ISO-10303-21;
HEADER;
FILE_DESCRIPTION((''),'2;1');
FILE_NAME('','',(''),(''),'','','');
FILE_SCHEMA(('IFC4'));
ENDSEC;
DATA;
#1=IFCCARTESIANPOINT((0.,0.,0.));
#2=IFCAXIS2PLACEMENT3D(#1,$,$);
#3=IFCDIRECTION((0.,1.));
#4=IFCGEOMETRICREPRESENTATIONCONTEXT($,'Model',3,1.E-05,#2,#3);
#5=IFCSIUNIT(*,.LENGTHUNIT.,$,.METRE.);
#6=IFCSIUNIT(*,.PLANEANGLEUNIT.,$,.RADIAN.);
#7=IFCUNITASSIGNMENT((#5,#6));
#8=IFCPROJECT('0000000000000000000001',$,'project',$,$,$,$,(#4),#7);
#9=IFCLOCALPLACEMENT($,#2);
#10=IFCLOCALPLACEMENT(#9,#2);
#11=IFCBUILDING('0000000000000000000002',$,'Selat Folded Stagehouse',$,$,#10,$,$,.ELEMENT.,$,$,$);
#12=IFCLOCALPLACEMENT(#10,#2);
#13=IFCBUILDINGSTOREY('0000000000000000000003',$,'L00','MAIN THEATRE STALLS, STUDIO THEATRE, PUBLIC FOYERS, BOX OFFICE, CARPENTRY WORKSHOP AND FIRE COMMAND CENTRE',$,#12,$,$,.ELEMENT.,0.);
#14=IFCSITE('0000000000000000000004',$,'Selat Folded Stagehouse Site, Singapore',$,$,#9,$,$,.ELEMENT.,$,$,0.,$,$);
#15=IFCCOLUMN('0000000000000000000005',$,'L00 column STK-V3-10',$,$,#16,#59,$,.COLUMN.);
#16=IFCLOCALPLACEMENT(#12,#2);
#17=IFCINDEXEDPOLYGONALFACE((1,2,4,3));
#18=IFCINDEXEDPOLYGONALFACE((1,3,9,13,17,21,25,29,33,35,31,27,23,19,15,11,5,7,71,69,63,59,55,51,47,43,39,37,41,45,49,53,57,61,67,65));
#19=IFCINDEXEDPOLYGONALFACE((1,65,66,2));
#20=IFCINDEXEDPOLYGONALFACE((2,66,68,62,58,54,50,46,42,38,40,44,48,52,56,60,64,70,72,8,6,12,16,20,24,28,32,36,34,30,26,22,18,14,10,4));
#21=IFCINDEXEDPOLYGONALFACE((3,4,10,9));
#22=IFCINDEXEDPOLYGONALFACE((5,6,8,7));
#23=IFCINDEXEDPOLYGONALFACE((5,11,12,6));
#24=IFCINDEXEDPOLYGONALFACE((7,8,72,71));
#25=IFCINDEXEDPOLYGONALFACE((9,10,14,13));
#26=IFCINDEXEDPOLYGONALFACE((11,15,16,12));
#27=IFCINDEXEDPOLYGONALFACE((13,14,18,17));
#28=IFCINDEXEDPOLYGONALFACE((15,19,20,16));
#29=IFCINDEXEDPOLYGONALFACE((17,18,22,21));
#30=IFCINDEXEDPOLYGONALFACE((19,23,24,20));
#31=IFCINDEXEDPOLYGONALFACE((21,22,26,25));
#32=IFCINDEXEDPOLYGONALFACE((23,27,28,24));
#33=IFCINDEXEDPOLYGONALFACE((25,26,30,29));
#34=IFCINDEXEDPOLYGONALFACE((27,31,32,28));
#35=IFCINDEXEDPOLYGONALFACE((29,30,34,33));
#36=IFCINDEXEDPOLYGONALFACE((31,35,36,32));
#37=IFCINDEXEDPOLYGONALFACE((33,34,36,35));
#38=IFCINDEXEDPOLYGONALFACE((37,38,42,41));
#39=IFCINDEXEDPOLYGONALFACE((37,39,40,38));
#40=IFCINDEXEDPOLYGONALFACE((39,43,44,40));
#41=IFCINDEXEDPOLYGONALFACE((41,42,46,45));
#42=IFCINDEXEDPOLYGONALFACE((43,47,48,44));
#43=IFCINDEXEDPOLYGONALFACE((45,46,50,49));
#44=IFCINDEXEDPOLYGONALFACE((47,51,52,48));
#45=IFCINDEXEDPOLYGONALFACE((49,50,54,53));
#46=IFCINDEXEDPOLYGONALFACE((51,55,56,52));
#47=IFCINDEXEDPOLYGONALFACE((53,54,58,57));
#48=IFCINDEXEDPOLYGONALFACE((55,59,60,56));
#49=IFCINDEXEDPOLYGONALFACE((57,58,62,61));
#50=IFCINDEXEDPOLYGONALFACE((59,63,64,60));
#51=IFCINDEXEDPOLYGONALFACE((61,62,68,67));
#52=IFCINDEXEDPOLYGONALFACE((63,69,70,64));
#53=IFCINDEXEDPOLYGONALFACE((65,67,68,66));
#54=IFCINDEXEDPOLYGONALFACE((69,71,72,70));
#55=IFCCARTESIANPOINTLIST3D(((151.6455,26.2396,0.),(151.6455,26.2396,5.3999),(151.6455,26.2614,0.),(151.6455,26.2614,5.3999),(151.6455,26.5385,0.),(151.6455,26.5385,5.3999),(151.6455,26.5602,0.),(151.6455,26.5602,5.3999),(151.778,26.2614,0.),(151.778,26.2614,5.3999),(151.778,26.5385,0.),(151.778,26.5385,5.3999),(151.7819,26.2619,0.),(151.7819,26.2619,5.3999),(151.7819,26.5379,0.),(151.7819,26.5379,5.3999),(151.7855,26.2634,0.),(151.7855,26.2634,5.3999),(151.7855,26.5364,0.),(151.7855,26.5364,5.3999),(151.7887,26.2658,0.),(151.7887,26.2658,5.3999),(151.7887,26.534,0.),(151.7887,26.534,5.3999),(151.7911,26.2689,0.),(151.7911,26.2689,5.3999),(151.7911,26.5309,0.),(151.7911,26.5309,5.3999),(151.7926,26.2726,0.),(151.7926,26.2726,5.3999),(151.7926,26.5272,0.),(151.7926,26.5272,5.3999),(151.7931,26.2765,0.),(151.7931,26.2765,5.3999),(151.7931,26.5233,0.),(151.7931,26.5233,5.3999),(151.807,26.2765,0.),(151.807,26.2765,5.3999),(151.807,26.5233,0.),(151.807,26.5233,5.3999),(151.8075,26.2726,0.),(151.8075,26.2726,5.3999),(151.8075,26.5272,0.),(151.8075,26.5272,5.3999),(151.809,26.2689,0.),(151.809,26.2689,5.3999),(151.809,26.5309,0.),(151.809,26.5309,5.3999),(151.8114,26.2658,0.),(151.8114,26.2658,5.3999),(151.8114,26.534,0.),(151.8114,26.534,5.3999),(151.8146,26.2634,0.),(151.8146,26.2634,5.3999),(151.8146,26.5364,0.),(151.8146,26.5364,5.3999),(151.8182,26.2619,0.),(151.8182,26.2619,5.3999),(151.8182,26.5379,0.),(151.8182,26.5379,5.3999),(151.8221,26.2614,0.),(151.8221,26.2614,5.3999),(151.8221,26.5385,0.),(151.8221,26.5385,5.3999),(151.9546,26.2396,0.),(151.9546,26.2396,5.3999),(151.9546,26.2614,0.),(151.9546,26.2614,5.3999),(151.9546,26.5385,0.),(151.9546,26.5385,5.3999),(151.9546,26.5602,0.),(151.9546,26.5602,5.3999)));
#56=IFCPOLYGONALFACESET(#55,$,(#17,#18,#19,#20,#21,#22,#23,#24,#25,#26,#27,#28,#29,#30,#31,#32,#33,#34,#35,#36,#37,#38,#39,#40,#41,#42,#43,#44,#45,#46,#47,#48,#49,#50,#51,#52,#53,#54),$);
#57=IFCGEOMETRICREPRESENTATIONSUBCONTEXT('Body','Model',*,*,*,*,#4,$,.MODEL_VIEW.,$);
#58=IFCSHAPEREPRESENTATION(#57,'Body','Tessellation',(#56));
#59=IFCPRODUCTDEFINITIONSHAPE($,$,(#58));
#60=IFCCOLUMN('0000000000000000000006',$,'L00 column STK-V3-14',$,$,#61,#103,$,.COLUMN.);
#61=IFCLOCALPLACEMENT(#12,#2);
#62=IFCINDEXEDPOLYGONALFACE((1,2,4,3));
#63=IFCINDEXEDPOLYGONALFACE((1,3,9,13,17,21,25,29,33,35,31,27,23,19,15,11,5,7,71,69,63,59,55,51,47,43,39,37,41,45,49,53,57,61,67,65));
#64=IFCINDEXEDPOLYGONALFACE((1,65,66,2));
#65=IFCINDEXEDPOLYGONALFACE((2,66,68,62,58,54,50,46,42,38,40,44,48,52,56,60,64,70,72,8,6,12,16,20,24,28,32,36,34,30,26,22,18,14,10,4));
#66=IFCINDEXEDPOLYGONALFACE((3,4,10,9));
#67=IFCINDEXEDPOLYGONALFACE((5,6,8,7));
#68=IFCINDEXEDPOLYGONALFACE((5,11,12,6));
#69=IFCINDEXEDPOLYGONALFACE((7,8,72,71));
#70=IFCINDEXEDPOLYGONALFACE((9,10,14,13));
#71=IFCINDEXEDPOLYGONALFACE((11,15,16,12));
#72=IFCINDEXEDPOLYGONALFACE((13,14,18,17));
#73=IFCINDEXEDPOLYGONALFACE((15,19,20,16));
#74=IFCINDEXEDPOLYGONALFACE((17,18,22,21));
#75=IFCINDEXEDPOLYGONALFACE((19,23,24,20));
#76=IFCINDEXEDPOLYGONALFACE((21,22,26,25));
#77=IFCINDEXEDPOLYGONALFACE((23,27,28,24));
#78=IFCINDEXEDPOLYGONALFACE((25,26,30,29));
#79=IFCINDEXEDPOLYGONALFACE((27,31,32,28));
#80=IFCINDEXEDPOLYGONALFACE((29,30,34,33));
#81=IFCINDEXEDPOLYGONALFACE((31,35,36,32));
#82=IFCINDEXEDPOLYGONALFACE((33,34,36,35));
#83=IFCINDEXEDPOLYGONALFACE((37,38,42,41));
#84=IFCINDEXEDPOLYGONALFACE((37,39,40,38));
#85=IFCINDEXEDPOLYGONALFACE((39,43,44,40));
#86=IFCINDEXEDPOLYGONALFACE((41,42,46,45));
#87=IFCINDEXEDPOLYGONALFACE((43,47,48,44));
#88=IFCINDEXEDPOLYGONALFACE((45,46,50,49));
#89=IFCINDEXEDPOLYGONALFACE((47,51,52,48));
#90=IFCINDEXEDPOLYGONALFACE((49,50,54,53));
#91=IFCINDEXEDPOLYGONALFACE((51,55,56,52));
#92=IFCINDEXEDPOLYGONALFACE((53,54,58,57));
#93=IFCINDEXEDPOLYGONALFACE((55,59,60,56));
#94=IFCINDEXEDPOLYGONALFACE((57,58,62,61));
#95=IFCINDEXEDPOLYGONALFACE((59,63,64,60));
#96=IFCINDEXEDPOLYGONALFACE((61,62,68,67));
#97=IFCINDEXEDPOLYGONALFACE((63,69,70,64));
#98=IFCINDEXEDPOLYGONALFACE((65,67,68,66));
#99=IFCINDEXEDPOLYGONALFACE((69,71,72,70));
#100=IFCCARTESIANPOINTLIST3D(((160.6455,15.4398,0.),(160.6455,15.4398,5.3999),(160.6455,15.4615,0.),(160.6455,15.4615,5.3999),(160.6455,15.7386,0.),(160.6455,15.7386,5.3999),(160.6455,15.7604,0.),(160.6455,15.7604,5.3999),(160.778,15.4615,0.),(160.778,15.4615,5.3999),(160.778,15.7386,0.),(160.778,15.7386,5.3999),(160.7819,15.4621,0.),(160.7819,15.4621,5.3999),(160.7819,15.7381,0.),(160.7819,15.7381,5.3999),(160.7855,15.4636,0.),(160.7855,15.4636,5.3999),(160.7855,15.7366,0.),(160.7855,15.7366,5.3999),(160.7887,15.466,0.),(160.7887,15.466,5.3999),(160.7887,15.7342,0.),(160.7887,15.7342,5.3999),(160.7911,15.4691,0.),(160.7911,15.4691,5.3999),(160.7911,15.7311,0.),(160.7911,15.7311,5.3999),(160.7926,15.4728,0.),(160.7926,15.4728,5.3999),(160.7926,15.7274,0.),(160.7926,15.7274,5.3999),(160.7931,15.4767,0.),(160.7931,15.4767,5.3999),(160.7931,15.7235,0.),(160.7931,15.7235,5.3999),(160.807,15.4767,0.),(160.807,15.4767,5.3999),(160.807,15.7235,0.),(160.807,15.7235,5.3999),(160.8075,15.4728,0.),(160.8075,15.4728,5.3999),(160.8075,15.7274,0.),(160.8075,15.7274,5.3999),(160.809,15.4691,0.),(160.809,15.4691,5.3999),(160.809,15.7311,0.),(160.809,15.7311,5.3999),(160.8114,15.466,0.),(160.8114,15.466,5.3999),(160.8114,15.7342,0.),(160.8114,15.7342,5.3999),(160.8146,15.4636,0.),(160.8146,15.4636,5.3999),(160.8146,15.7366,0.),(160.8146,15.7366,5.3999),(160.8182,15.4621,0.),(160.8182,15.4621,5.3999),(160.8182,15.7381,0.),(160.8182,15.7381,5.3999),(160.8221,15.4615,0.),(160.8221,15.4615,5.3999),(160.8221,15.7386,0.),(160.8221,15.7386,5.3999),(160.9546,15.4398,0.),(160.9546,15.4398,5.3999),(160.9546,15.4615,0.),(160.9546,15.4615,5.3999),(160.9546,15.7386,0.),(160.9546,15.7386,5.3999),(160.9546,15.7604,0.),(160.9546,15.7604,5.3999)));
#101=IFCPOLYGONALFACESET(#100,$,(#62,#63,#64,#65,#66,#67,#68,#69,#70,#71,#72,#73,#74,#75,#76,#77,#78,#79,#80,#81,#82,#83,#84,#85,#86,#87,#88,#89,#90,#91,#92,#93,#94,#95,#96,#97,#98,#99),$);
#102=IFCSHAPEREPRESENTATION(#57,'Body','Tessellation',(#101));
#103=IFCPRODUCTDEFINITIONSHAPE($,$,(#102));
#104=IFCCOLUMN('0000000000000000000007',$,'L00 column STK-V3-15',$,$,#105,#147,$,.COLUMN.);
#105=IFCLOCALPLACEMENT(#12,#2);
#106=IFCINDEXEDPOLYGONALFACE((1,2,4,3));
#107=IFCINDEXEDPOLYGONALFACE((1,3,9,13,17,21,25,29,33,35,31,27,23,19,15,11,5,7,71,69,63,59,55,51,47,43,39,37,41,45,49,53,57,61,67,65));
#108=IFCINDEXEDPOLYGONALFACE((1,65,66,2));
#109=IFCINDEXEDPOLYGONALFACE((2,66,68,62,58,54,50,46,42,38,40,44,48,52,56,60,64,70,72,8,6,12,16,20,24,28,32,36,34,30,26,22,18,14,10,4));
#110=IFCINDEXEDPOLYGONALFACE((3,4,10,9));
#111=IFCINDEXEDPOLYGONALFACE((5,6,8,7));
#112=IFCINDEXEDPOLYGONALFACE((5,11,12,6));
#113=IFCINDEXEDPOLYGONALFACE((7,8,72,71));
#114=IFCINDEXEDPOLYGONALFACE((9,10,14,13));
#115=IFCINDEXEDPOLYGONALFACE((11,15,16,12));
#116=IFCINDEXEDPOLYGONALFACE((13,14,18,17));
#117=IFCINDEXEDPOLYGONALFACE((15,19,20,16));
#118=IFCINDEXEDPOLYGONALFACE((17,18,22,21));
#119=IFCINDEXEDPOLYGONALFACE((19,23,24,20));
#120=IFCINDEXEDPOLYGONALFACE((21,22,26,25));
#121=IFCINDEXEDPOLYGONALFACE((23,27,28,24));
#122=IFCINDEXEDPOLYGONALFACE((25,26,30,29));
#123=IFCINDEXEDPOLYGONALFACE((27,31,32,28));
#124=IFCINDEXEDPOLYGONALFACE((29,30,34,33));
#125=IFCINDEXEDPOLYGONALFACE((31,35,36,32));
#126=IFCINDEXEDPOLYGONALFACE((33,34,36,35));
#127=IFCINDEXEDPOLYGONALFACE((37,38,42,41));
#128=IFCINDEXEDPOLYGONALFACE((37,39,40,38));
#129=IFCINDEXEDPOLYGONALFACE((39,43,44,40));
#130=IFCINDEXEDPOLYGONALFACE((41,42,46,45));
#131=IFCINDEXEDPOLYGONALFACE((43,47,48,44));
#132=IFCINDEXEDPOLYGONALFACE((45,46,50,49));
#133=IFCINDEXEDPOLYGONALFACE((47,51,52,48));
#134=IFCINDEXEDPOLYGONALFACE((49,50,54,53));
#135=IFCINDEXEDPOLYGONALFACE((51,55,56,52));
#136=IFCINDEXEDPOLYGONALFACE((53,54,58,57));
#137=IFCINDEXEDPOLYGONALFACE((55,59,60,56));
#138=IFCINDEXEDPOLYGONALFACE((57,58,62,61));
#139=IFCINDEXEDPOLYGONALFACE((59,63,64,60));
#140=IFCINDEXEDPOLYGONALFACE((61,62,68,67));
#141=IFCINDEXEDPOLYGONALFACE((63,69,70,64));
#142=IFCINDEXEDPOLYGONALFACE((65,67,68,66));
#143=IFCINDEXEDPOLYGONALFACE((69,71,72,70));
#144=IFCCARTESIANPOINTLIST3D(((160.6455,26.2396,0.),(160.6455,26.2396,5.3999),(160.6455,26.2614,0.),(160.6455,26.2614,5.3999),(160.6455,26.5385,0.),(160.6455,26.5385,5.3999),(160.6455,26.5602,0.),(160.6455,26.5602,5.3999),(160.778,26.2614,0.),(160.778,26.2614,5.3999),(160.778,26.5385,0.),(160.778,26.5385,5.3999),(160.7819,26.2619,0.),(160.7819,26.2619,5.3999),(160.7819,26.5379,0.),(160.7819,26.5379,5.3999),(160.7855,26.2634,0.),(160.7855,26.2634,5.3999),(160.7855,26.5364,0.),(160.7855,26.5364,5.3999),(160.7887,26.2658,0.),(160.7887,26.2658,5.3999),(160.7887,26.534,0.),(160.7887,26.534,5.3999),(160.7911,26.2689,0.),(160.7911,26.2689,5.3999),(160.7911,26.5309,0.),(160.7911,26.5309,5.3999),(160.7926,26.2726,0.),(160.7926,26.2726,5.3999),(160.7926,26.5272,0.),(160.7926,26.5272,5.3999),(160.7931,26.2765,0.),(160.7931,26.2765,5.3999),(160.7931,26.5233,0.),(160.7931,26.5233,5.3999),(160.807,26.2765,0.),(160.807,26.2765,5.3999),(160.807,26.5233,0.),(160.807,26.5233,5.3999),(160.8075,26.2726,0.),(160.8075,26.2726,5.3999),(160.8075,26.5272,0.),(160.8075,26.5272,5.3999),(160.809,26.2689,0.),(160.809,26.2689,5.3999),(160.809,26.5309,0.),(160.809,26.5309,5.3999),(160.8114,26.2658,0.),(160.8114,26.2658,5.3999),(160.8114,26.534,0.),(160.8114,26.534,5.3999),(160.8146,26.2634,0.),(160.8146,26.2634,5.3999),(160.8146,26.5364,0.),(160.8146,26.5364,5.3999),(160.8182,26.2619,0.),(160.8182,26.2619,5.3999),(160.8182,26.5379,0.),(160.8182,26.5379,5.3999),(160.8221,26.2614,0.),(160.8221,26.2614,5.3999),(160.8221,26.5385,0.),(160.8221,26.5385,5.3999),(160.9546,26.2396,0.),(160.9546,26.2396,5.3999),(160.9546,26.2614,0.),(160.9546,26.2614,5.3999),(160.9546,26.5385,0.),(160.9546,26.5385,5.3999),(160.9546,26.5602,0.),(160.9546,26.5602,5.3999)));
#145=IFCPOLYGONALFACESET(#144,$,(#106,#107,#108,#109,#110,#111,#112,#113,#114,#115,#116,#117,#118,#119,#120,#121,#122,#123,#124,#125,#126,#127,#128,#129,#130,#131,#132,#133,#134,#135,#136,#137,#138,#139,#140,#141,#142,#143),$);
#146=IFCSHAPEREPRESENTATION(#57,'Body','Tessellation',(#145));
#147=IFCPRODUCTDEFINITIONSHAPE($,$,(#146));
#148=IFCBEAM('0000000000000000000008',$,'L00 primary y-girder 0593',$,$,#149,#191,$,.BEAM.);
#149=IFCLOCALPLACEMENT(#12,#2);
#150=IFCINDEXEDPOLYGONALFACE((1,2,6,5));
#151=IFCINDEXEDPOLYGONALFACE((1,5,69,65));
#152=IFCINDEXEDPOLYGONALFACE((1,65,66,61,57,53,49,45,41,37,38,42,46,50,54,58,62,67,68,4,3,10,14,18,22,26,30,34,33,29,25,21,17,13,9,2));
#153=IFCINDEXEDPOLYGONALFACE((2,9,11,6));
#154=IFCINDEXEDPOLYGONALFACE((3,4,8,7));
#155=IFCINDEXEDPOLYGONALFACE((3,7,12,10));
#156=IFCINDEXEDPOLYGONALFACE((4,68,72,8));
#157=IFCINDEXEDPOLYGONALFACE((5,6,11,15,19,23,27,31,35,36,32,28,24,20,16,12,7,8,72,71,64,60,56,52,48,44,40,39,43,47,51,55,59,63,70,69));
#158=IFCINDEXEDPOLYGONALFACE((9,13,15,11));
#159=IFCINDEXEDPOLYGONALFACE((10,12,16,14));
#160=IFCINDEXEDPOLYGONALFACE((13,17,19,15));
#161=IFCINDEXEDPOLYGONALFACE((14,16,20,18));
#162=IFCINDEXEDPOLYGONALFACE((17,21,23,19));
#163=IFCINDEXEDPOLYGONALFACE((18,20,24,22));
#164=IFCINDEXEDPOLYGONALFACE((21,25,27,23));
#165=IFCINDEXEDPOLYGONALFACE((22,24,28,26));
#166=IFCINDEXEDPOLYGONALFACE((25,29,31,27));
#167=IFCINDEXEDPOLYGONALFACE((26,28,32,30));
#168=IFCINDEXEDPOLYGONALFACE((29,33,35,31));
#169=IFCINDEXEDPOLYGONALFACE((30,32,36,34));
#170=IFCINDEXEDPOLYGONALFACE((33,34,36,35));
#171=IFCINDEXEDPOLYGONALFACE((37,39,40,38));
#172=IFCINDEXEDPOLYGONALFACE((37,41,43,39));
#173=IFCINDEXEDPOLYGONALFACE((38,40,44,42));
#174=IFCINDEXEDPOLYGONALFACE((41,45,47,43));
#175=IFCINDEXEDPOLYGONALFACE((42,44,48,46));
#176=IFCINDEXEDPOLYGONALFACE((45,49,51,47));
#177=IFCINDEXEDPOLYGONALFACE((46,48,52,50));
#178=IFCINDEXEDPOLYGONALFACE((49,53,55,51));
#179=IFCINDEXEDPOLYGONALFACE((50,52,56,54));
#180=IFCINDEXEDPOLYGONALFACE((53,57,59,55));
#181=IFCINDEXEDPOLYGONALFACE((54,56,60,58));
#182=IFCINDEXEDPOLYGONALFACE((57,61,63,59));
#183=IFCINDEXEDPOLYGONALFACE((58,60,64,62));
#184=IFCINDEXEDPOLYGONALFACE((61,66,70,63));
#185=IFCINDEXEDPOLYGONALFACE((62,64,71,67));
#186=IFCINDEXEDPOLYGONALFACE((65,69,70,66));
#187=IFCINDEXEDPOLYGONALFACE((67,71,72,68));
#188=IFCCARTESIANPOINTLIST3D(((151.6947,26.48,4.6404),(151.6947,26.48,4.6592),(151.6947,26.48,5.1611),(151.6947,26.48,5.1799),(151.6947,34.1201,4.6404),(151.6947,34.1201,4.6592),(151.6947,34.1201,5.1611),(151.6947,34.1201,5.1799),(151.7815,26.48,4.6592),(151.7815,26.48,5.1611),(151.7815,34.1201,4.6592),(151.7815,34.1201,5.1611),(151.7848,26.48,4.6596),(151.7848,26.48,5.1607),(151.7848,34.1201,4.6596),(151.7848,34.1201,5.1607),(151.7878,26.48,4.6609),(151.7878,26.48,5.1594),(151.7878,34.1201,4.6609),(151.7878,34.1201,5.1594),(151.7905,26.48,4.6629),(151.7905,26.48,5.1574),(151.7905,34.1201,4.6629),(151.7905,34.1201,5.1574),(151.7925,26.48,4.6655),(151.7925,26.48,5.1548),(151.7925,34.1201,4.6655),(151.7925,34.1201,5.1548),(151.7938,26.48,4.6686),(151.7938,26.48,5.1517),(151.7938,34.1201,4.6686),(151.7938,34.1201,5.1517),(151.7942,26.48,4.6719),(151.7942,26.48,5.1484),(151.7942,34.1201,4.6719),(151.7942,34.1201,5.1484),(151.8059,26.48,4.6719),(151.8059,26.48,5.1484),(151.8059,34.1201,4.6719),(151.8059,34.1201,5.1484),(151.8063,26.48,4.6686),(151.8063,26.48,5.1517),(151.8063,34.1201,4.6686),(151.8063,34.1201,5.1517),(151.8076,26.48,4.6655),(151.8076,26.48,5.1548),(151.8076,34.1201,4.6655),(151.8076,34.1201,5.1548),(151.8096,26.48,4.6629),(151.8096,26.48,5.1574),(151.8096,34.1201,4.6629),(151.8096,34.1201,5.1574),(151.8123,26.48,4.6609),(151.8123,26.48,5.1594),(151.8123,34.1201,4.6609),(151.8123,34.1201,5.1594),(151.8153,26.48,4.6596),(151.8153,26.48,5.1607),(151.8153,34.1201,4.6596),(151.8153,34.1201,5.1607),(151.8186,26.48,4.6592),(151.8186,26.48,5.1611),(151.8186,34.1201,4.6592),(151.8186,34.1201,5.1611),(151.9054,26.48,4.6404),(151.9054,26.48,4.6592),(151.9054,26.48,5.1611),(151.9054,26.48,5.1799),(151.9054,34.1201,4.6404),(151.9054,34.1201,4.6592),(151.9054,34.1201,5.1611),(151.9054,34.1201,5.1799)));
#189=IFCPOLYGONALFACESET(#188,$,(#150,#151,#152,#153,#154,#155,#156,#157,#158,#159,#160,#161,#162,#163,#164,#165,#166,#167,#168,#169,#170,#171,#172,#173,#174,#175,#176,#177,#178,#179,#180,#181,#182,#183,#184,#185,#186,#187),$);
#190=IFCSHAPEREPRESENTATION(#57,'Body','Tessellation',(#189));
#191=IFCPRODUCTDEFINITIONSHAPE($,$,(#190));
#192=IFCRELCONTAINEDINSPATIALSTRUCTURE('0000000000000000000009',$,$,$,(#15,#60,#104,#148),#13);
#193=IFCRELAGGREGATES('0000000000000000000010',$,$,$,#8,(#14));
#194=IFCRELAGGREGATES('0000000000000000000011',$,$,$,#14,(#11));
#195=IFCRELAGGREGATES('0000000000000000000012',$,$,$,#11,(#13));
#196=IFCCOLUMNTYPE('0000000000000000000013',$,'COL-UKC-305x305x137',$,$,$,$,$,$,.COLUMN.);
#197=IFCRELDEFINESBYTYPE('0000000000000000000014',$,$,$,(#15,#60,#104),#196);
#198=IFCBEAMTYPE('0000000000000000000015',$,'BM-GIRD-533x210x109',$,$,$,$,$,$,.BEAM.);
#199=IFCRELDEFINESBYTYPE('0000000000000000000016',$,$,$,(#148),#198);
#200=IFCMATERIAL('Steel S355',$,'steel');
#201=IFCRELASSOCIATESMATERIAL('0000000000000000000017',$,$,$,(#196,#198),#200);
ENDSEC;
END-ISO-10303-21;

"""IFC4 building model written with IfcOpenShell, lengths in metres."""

from ifc_helpers import new_model, si_unit, direction, frame, origin, origin_2d, place, context, subcontext, project, spatial, i_section, extrude, material, material_profile, profile_set, type_object, element, save


model = new_model("IFC4")

# Units and contexts
model_context = context("Model", 3, precision=1e-05, world=origin(), true_north=direction((0.0, 1.0)))
body_context = subcontext(model_context, "Body", "Model", "MODEL_VIEW")
ifc_project = project(units=[si_unit("LENGTHUNIT", "METRE"), si_unit("PLANEANGLEUNIT", "RADIAN")], contexts=[model_context])

# Site, building, storey
site_placement = place(None, origin())
site = spatial("IfcSite", under=ifc_project, at=site_placement, Name="Selat Folded Stagehouse Site, Singapore", CompositionType="ELEMENT", RefElevation=0.0)
building_placement = place(site_placement, origin())
building = spatial("IfcBuilding", under=site, at=building_placement, Name="Selat Folded Stagehouse", CompositionType="ELEMENT")
storey_placement = place(building_placement, origin())
storey = spatial("IfcBuildingStorey", under=building, at=storey_placement, Name="L00", Description="MAIN THEATRE STALLS, STUDIO THEATRE, PUBLIC FOYERS, BOX OFFICE, CARPENTRY WORKSHOP AND FIRE COMMAND CENTRE", CompositionType="ELEMENT", Elevation=0.0)

# Columns
ifc_material_1 = material(Name="Steel S355", Category="steel")
ifc_material_profile_1 = material_profile(ifc_material_1, i_section(OverallWidth=0.3091, OverallDepth=0.3206, WebThickness=0.0139, FlangeThickness=0.0217, FilletRadius=0.0151, at=origin_2d()), Name="UKC 305x305x137")
ifc_profile_set_1 = profile_set([ifc_material_profile_1], Name="Steel S355")
column_type = type_object("IfcColumnType", Name="COL-UKC-305x305x137", PredefinedType="COLUMN", material=ifc_profile_set_1)
for number, where, z_axis, x_axis, name in (
    (1, (151.8, 26.3999, 0.0), (0.0, 0.0, 1.0), (1.0, 0.0, 0.0), "L00 column STK-V3-10"),
    (2, (160.8, 15.6001, 0.0), (0.0, 0.0, 1.0), (1.0, 0.0, 0.0), "L00 column STK-V3-14"),
    (3, (160.8, 26.3999, 0.0), (0.0, 0.0, 1.0), (1.0, 0.0, 0.0), "L00 column STK-V3-15"),
):
    element("IfcColumn", number, at=place(storey_placement, frame(where, z_axis=z_axis, x_axis=x_axis)), inside=storey, type_object=column_type, Name=name, PredefinedType="COLUMN", context=body_context, shape_type="SweptSolid", body=[
        extrude(i_section(OverallWidth=0.3091, OverallDepth=0.3206, WebThickness=0.0139, FlangeThickness=0.0217, FilletRadius=0.0151, at=origin_2d()), origin(), (0.0, 0.0, 1.0), 5.3999),
    ])

# Beam
ifc_material_profile_2 = material_profile(ifc_material_1, i_section(OverallWidth=0.2107, OverallDepth=0.5396, WebThickness=0.0117, FlangeThickness=0.0188, FilletRadius=0.0127, at=origin_2d()), Name="UKB 533x210x109")
ifc_profile_set_2 = profile_set([ifc_material_profile_2], Name="Steel S355")
beam_type_1 = type_object("IfcBeamType", Name="BM-GIRD-533x210x109", PredefinedType="BEAM", material=ifc_profile_set_2)
for number, where, z_axis, x_axis, name in (
    (4, (151.8, 26.48, 4.9102), (0.0, 1.0, 0.0), (-1.0, 0.0, 0.0), "L00 primary y-girder 0593"),
):
    element("IfcBeam", number, at=place(storey_placement, frame(where, z_axis=z_axis, x_axis=x_axis)), inside=storey, type_object=beam_type_1, Name=name, PredefinedType="BEAM", context=body_context, shape_type="SweptSolid", body=[
        extrude(i_section(OverallWidth=0.2107, OverallDepth=0.5396, WebThickness=0.0117, FlangeThickness=0.0188, FilletRadius=0.0127, at=origin_2d()), origin(), (0.0, 0.0, 1.0), 7.6401),
    ])

save(model, "model.ifc")
